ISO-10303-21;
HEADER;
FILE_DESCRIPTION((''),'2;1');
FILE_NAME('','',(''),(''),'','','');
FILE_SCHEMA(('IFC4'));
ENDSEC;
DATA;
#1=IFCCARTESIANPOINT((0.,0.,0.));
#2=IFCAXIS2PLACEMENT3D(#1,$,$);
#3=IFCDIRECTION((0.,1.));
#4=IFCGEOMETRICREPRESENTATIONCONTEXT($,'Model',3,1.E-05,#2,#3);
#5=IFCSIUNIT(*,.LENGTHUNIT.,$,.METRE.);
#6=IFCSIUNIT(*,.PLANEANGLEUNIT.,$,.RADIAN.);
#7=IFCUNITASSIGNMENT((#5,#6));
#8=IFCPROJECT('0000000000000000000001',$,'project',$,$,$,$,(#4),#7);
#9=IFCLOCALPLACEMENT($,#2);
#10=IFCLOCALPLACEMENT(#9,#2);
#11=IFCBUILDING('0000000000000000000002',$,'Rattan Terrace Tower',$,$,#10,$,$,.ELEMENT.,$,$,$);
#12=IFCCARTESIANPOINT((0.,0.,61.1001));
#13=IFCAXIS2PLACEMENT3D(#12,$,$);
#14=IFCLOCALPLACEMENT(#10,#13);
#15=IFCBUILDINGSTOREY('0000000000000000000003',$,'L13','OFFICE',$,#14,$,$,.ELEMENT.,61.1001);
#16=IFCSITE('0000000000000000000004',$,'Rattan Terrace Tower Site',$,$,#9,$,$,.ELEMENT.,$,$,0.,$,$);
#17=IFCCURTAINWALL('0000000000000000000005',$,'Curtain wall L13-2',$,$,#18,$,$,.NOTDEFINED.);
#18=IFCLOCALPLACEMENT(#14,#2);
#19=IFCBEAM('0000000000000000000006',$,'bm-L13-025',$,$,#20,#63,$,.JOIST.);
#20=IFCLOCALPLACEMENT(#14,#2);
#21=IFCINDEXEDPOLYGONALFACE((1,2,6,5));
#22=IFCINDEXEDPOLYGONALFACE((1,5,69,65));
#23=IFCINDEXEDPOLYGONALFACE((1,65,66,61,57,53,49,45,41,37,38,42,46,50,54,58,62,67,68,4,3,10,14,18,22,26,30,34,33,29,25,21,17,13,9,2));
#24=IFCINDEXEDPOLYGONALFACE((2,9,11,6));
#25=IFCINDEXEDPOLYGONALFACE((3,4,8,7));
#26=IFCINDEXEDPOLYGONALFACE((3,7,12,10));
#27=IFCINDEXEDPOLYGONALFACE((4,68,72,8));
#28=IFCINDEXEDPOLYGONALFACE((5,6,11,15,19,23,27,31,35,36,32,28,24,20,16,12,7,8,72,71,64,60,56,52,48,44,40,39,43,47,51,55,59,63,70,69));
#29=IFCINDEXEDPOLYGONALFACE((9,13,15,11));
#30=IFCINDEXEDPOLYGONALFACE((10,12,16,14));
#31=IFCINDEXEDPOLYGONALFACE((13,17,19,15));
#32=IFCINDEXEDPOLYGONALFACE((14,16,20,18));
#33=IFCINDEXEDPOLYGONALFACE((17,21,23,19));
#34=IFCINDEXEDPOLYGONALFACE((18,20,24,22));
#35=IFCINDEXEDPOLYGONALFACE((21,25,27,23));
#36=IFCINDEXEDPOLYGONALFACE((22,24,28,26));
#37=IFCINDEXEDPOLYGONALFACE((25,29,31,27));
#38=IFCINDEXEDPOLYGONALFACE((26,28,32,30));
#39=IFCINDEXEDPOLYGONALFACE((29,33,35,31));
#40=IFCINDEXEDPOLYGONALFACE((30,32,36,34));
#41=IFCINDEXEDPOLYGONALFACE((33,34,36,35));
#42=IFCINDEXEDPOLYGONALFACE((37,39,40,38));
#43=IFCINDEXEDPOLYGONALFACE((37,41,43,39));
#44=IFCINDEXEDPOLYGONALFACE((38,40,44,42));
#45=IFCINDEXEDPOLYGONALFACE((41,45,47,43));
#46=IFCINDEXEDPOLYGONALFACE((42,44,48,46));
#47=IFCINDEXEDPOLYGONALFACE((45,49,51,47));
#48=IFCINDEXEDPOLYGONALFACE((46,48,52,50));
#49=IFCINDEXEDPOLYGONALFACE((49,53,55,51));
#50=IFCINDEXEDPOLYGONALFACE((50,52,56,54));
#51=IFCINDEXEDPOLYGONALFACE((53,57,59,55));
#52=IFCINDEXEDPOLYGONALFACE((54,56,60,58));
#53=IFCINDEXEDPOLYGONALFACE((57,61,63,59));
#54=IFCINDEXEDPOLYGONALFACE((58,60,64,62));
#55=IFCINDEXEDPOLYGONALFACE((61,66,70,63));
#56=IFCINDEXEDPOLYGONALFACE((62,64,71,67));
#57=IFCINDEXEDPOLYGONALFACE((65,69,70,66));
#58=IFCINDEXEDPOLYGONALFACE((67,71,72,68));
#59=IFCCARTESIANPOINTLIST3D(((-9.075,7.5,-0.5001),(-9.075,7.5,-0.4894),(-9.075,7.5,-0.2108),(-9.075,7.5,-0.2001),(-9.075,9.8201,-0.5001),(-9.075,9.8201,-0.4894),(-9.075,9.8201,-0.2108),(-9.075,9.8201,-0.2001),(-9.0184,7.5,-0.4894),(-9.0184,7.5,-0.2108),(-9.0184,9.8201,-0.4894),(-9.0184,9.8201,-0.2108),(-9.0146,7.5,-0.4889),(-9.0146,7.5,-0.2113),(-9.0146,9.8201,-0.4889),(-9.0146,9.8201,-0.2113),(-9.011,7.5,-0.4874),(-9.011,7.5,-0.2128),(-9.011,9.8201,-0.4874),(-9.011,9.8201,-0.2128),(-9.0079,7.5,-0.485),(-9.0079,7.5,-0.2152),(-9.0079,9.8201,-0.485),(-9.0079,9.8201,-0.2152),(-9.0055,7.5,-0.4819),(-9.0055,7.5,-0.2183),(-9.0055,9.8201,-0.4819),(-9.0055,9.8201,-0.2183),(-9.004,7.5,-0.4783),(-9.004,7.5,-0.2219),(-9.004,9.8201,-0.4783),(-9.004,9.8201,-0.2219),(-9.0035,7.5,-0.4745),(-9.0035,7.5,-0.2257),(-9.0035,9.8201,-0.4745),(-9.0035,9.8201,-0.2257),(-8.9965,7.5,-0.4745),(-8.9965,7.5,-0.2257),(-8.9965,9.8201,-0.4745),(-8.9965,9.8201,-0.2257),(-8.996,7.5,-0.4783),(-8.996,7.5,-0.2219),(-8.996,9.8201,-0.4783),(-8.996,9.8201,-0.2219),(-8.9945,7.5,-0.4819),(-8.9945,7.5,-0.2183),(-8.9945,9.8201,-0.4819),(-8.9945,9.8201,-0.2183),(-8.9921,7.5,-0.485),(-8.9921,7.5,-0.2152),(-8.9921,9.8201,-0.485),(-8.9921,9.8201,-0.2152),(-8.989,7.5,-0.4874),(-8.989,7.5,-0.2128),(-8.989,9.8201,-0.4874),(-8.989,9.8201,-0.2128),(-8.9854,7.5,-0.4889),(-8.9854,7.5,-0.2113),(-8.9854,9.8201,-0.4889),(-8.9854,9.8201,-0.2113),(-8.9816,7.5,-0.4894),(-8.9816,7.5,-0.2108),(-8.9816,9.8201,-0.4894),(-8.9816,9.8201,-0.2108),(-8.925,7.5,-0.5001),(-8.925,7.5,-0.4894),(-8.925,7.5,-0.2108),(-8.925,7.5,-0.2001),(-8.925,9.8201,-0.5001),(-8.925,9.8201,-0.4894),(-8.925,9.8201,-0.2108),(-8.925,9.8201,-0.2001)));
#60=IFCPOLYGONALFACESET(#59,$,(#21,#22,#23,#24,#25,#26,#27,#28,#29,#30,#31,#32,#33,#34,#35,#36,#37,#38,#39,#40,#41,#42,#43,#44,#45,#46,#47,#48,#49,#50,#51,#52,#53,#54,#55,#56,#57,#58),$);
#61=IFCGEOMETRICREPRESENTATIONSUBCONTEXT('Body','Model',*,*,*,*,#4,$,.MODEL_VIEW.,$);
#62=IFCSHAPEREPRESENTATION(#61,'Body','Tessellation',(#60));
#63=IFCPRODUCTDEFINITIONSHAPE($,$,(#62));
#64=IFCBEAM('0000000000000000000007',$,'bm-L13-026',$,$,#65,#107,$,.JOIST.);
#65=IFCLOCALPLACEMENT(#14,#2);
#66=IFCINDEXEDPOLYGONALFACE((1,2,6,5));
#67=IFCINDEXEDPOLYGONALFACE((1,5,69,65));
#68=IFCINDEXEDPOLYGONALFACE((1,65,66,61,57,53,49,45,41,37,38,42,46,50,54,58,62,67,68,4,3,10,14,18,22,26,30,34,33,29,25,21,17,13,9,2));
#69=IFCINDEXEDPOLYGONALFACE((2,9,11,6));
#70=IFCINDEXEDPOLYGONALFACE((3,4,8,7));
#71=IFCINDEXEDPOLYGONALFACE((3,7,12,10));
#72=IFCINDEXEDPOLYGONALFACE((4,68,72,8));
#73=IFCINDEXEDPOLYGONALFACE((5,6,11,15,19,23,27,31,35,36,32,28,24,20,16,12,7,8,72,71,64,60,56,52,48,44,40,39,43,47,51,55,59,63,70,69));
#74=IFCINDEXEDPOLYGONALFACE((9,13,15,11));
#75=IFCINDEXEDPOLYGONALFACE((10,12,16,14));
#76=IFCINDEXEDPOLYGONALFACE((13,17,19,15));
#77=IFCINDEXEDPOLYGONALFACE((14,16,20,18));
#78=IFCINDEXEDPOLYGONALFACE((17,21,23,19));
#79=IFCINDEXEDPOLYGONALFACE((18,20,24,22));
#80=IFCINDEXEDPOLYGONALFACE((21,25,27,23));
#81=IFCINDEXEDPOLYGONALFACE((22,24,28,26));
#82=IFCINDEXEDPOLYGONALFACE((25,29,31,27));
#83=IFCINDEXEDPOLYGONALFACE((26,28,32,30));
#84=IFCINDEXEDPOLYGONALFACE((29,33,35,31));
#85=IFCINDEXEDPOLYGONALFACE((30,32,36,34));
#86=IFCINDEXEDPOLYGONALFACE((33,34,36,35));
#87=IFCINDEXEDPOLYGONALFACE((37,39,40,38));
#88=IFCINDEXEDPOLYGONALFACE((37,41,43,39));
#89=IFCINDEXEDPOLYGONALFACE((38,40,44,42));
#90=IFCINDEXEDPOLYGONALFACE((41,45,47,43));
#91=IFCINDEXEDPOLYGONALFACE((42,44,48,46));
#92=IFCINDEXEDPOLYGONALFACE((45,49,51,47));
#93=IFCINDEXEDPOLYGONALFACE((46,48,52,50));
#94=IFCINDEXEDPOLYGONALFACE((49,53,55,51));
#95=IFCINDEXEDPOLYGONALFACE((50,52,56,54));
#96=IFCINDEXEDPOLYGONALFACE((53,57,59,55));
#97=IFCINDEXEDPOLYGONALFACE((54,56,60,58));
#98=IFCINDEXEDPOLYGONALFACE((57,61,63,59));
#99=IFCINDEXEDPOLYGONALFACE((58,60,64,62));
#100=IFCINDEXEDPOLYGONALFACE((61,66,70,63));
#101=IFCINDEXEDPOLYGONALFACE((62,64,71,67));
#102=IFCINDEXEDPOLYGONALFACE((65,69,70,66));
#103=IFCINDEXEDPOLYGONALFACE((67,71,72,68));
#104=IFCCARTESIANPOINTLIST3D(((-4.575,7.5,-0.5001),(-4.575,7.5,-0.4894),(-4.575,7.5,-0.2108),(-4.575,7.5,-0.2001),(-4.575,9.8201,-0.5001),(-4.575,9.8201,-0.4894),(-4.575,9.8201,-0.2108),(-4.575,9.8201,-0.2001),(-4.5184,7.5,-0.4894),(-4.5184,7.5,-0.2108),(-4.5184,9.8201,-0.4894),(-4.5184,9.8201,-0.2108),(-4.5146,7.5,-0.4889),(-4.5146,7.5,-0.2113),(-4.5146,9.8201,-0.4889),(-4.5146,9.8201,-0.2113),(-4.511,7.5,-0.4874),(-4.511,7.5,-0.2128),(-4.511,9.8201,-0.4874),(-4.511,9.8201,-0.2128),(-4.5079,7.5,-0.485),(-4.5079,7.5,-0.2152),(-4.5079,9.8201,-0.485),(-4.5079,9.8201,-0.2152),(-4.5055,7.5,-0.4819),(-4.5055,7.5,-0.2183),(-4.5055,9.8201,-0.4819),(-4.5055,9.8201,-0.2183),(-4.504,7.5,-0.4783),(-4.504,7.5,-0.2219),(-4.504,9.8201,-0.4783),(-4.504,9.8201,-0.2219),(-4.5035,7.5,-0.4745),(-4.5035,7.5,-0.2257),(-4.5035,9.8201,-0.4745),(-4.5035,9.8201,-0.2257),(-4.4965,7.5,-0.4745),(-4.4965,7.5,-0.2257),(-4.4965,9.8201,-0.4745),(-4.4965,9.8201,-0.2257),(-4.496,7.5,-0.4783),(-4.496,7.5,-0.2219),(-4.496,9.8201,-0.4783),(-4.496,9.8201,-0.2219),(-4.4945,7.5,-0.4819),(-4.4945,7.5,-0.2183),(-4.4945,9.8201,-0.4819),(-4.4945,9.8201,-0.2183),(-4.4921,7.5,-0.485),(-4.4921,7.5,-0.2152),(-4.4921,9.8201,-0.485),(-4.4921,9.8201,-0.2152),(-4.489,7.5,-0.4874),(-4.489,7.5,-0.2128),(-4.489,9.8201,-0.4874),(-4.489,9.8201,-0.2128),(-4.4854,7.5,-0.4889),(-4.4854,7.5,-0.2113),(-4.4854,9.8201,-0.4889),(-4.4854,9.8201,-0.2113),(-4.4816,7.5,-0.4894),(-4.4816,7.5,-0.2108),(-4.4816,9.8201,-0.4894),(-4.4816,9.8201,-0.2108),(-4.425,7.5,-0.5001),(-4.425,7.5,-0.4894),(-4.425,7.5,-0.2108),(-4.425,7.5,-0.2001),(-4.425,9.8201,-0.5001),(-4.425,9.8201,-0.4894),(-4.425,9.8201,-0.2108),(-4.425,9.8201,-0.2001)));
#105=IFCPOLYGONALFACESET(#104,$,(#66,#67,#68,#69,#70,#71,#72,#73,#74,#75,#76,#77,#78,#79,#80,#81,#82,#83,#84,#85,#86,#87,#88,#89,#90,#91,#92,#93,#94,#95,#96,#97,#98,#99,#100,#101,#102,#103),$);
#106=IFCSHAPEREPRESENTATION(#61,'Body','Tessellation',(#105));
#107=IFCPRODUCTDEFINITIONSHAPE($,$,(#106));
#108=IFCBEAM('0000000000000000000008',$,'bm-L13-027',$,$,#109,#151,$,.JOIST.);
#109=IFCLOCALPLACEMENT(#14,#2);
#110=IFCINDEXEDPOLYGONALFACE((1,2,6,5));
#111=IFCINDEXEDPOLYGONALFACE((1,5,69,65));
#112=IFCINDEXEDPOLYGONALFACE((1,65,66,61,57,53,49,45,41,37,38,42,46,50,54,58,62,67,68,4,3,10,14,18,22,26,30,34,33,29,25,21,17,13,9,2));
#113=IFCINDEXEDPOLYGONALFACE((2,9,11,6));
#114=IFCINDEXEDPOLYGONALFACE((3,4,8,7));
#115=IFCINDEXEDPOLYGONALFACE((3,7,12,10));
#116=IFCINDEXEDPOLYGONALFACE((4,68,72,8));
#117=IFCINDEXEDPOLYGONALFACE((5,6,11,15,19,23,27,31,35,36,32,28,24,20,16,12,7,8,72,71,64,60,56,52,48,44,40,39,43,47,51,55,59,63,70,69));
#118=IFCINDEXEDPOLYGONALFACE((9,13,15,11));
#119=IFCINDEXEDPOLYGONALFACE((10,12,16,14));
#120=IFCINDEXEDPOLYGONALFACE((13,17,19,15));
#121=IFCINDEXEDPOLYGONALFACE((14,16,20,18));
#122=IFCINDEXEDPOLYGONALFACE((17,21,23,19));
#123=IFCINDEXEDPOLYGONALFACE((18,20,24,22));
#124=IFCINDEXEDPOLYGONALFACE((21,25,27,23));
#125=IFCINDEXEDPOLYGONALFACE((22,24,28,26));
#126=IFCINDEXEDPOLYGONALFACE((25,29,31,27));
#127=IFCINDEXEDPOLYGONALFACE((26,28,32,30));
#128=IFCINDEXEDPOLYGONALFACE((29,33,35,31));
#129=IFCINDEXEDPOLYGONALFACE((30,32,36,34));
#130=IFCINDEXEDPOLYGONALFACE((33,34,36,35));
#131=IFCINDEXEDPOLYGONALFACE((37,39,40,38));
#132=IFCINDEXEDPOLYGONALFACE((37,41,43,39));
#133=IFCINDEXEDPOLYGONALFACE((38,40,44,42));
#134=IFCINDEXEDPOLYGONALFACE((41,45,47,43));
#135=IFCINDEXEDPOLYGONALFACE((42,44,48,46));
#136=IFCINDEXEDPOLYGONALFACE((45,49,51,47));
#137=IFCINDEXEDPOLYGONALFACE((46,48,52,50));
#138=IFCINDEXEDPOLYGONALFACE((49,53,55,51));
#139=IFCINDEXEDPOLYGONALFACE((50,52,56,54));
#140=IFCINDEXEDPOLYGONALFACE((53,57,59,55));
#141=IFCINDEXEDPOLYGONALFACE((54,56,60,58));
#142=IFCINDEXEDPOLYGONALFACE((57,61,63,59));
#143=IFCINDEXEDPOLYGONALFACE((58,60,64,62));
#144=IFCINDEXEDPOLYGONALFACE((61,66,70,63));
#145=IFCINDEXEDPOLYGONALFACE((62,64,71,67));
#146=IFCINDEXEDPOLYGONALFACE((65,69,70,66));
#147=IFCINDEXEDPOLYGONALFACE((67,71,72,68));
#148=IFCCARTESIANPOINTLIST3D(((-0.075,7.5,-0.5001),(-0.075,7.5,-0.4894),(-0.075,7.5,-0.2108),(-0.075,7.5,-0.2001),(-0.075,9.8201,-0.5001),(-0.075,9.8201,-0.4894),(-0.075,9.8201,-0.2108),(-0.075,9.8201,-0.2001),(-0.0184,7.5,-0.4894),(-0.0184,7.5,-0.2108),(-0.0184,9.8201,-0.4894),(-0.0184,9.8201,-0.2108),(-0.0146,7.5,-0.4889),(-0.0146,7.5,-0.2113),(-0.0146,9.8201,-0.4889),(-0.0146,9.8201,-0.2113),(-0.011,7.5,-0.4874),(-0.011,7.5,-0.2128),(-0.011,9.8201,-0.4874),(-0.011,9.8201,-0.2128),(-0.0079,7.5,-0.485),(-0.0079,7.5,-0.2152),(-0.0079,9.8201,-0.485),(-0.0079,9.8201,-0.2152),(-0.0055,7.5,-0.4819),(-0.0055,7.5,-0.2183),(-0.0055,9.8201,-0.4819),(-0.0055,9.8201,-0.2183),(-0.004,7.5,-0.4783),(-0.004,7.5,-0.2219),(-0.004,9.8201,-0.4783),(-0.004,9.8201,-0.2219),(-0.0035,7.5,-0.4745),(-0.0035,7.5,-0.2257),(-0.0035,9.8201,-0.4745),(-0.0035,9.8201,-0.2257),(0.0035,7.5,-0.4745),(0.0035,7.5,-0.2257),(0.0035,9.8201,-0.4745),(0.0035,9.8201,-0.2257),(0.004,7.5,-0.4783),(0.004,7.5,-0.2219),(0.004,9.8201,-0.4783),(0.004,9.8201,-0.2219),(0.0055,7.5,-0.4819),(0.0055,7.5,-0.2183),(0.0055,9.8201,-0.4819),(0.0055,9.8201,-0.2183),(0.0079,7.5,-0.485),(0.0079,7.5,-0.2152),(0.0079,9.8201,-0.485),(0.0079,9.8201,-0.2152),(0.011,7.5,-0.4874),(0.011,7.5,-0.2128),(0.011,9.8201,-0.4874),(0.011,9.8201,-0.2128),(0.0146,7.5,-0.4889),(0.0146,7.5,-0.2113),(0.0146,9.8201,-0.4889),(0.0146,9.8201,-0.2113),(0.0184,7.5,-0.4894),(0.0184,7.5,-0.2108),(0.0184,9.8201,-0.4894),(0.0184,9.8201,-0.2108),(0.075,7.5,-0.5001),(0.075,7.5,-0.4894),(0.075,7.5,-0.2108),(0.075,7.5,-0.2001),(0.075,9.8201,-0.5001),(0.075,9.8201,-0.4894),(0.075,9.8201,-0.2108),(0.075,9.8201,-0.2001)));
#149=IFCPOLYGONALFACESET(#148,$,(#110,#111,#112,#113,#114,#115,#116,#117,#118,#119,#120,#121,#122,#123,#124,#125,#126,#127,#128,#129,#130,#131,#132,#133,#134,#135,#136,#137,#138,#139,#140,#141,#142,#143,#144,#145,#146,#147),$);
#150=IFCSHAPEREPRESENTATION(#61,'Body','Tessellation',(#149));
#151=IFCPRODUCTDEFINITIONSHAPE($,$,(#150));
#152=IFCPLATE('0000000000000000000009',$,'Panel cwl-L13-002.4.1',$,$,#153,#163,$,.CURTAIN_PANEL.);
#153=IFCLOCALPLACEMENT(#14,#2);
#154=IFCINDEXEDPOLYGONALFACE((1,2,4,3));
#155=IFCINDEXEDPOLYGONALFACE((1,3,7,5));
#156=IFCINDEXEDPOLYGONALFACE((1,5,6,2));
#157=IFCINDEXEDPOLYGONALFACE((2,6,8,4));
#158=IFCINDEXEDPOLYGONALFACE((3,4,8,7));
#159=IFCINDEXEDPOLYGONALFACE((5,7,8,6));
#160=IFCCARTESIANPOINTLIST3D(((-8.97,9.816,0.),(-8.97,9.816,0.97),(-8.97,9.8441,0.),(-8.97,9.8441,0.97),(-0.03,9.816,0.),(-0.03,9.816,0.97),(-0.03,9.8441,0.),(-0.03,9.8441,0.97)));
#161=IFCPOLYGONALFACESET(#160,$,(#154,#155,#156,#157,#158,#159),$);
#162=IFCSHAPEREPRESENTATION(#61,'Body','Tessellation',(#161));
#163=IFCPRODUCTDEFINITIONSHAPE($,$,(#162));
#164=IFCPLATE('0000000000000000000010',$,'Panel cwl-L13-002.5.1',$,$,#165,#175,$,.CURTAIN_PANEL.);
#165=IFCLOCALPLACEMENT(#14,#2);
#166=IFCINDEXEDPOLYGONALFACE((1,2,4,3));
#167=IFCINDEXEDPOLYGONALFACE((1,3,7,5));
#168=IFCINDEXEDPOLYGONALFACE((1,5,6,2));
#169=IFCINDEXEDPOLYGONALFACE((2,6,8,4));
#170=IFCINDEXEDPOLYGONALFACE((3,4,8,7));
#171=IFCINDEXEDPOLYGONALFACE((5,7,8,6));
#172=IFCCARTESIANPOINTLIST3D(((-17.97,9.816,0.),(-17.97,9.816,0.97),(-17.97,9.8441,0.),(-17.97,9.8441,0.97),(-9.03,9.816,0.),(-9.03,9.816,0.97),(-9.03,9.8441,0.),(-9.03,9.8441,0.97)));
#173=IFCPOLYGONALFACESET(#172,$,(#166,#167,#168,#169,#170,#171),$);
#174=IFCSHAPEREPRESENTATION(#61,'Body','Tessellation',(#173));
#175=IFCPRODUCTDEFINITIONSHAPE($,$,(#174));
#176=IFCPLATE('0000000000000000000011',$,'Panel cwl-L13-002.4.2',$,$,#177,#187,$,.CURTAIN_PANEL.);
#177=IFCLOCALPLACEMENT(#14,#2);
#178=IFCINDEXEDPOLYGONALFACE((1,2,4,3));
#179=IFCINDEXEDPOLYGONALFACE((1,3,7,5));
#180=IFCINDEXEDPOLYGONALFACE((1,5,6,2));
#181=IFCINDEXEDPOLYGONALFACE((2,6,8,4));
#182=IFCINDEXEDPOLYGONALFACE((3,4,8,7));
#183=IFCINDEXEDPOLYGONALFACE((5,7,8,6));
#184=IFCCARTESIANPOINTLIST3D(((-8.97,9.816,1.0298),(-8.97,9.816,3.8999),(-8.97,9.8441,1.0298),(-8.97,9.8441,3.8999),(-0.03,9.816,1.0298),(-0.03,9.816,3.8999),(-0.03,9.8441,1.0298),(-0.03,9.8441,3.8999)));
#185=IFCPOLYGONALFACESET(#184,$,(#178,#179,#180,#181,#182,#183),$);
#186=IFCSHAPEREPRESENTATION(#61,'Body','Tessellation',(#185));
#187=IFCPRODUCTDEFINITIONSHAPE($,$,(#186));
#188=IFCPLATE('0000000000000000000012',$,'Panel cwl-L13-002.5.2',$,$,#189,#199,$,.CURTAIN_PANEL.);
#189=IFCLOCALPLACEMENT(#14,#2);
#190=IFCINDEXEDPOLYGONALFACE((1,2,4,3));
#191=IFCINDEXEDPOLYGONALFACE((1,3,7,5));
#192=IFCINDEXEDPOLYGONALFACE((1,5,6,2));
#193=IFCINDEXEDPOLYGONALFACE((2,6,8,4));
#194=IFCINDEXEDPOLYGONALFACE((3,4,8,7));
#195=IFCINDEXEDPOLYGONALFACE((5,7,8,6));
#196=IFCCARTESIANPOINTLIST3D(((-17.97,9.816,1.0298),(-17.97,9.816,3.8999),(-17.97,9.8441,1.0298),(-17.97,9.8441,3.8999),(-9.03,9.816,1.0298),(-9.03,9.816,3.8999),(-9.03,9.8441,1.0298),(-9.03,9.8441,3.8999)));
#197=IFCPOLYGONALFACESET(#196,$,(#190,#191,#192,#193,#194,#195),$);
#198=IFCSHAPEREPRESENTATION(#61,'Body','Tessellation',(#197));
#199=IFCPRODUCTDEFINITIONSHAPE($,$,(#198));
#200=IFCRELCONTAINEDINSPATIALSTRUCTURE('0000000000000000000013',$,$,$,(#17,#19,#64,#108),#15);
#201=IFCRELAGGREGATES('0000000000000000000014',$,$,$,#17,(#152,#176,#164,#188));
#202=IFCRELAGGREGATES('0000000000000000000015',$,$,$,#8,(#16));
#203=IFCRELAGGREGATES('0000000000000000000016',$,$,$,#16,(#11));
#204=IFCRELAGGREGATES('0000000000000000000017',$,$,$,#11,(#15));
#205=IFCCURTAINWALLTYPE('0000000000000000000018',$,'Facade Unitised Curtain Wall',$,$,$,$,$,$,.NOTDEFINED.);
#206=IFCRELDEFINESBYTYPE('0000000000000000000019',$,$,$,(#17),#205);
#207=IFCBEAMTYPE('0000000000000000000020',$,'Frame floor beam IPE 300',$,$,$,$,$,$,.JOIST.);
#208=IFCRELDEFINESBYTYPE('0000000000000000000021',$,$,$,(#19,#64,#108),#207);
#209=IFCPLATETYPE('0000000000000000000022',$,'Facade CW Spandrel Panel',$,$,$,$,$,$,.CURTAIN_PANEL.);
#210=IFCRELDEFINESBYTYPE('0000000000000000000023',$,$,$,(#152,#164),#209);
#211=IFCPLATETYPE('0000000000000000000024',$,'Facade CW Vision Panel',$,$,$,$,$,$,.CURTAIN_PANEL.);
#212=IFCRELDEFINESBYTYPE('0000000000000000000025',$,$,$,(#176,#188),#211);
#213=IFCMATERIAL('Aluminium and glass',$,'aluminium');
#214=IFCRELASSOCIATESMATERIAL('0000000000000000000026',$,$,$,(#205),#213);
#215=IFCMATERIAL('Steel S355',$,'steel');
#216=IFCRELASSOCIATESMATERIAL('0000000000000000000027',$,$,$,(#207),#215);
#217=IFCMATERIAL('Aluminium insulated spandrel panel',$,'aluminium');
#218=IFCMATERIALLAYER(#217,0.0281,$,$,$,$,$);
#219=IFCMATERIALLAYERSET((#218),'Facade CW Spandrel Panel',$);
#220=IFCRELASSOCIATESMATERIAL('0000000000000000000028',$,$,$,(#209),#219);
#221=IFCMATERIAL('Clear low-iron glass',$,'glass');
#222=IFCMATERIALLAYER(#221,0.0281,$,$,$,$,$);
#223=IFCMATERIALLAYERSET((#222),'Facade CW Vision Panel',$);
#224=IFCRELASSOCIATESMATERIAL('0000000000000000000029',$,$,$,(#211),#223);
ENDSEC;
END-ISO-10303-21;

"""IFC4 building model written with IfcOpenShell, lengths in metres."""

from ifc_helpers import new_model, si_unit, direction, frame, origin, origin_2d, place, context, subcontext, project, spatial, rectangle, i_section, extrude, material, layer, layer_set, material_profile, profile_set, type_object, element, aggregate, save


model = new_model("IFC4")

# Units and contexts
model_context = context("Model", 3, precision=1e-05, world=origin(), true_north=direction((0.0, 1.0)))
body_context = subcontext(model_context, "Body", "Model", "MODEL_VIEW")
ifc_project = project(units=[si_unit("LENGTHUNIT", "METRE"), si_unit("PLANEANGLEUNIT", "RADIAN")], contexts=[model_context])

# Site, building, storey
site_placement = place(None, origin())
site = spatial("IfcSite", under=ifc_project, at=site_placement, Name="Rattan Terrace Tower Site", CompositionType="ELEMENT", RefElevation=0.0)
building_placement = place(site_placement, origin())
building = spatial("IfcBuilding", under=site, at=building_placement, Name="Rattan Terrace Tower", CompositionType="ELEMENT")
storey_placement = place(building_placement, frame((0.0, 0.0, 61.1001)))
storey = spatial("IfcBuildingStorey", under=building, at=storey_placement, Name="L13", Description="OFFICE", CompositionType="ELEMENT", Elevation=61.1001)

# Curtain wall
ifc_material_1 = material(Name="Aluminium and glass", Category="aluminium")
curtain_wall_type = type_object("IfcCurtainWallType", Name="Facade Unitised Curtain Wall", PredefinedType="NOTDEFINED", material=ifc_material_1)
curtain_wall_placement = place(storey_placement, origin())
curtain_wall = element("IfcCurtainWall", 1, at=curtain_wall_placement, inside=storey, type_object=curtain_wall_type, Name="Curtain wall L13-2", PredefinedType="NOTDEFINED")

# Beams
ifc_material_2 = material(Name="Steel S355", Category="steel")
ifc_material_profile_1 = material_profile(ifc_material_2, i_section(OverallWidth=0.1499, OverallDepth=0.3, WebThickness=0.0071, FlangeThickness=0.0107, FilletRadius=0.0149, at=origin_2d()), Name="IPE 300")
ifc_profile_set_1 = profile_set([ifc_material_profile_1], Name="Steel S355")
beam_type_1 = type_object("IfcBeamType", Name="Frame floor beam IPE 300", PredefinedType="JOIST", material=ifc_profile_set_1)
for number, where, z_axis, x_axis, name in (
    (2, (-9.0, 7.5, -0.3501), (0.0, 1.0, 0.0), (-1.0, 0.0, 0.0), "bm-L13-025"),
    (3, (-4.5, 7.5, -0.3501), (0.0, 1.0, 0.0), (-1.0, 0.0, 0.0), "bm-L13-026"),
    (4, (0.0, 7.5, -0.3501), (0.0, 1.0, 0.0), (-1.0, 0.0, 0.0), "bm-L13-027"),
):
    element("IfcBeam", number, at=place(storey_placement, frame(where, z_axis=z_axis, x_axis=x_axis)), inside=storey, type_object=beam_type_1, Name=name, PredefinedType="JOIST", context=body_context, shape_type="SweptSolid", body=[
        extrude(i_section(OverallWidth=0.1499, OverallDepth=0.3, WebThickness=0.0071, FlangeThickness=0.0107, FilletRadius=0.0149, at=origin_2d()), origin(), (0.0, 0.0, 1.0), 2.3201),
    ])

# Plates
ifc_material_3 = material(Name="Aluminium insulated spandrel panel", Category="aluminium")
ifc_layer_1 = layer(ifc_material_3, 0.0281)
ifc_layer_set_1 = layer_set([ifc_layer_1], Name="Facade CW Spandrel Panel")
plate_type_1 = type_object("IfcPlateType", Name="Facade CW Spandrel Panel", PredefinedType="CURTAIN_PANEL", material=ifc_layer_set_1)
plate_1_placement = place(storey_placement, frame((-4.5, 9.8301, 0.0), z_axis=(0.0, 0.0, 1.0), x_axis=(-1.0, 0.0, 0.0)))
plate_1 = element("IfcPlate", 5, at=plate_1_placement, type_object=plate_type_1, Name="Panel cwl-L13-002.4.1", PredefinedType="CURTAIN_PANEL", context=body_context, shape_type="SweptSolid", body=[
    extrude(rectangle(XDim=8.9399, YDim=0.0281, at=origin_2d()), origin(), (0.0, 0.0, 1.0), 0.97),
])
plate_2_placement = place(storey_placement, frame((-13.5, 9.8301, 0.0), z_axis=(0.0, 0.0, 1.0), x_axis=(-1.0, 0.0, 0.0)))
plate_2 = element("IfcPlate", 6, at=plate_2_placement, type_object=plate_type_1, Name="Panel cwl-L13-002.5.1", PredefinedType="CURTAIN_PANEL", context=body_context, shape_type="SweptSolid", body=[
    extrude(rectangle(XDim=8.9399, YDim=0.0281, at=origin_2d()), origin(), (0.0, 0.0, 1.0), 0.97),
])
ifc_material_4 = material(Name="Clear low-iron glass", Category="glass")
ifc_layer_2 = layer(ifc_material_4, 0.0281)
ifc_layer_set_2 = layer_set([ifc_layer_2], Name="Facade CW Vision Panel")
plate_type_2 = type_object("IfcPlateType", Name="Facade CW Vision Panel", PredefinedType="CURTAIN_PANEL", material=ifc_layer_set_2)
plate_3_placement = place(storey_placement, frame((-4.5, 9.8301, 1.0298), z_axis=(0.0, 0.0, 1.0), x_axis=(-1.0, 0.0, 0.0)))
plate_3 = element("IfcPlate", 7, at=plate_3_placement, type_object=plate_type_2, Name="Panel cwl-L13-002.4.2", PredefinedType="CURTAIN_PANEL", context=body_context, shape_type="SweptSolid", body=[
    extrude(rectangle(XDim=8.9399, YDim=0.0281, at=origin_2d()), origin(), (0.0, 0.0, 1.0), 2.8701),
])
plate_4_placement = place(storey_placement, frame((-13.5, 9.8301, 1.0298), z_axis=(0.0, 0.0, 1.0), x_axis=(-1.0, 0.0, 0.0)))
plate_4 = element("IfcPlate", 8, at=plate_4_placement, type_object=plate_type_2, Name="Panel cwl-L13-002.5.2", PredefinedType="CURTAIN_PANEL", context=body_context, shape_type="SweptSolid", body=[
    extrude(rectangle(XDim=8.9399, YDim=0.0281, at=origin_2d()), origin(), (0.0, 0.0, 1.0), 2.8701),
])
aggregate(curtain_wall, [plate_1, plate_3, plate_2, plate_4])

save(model, "model.ifc")
